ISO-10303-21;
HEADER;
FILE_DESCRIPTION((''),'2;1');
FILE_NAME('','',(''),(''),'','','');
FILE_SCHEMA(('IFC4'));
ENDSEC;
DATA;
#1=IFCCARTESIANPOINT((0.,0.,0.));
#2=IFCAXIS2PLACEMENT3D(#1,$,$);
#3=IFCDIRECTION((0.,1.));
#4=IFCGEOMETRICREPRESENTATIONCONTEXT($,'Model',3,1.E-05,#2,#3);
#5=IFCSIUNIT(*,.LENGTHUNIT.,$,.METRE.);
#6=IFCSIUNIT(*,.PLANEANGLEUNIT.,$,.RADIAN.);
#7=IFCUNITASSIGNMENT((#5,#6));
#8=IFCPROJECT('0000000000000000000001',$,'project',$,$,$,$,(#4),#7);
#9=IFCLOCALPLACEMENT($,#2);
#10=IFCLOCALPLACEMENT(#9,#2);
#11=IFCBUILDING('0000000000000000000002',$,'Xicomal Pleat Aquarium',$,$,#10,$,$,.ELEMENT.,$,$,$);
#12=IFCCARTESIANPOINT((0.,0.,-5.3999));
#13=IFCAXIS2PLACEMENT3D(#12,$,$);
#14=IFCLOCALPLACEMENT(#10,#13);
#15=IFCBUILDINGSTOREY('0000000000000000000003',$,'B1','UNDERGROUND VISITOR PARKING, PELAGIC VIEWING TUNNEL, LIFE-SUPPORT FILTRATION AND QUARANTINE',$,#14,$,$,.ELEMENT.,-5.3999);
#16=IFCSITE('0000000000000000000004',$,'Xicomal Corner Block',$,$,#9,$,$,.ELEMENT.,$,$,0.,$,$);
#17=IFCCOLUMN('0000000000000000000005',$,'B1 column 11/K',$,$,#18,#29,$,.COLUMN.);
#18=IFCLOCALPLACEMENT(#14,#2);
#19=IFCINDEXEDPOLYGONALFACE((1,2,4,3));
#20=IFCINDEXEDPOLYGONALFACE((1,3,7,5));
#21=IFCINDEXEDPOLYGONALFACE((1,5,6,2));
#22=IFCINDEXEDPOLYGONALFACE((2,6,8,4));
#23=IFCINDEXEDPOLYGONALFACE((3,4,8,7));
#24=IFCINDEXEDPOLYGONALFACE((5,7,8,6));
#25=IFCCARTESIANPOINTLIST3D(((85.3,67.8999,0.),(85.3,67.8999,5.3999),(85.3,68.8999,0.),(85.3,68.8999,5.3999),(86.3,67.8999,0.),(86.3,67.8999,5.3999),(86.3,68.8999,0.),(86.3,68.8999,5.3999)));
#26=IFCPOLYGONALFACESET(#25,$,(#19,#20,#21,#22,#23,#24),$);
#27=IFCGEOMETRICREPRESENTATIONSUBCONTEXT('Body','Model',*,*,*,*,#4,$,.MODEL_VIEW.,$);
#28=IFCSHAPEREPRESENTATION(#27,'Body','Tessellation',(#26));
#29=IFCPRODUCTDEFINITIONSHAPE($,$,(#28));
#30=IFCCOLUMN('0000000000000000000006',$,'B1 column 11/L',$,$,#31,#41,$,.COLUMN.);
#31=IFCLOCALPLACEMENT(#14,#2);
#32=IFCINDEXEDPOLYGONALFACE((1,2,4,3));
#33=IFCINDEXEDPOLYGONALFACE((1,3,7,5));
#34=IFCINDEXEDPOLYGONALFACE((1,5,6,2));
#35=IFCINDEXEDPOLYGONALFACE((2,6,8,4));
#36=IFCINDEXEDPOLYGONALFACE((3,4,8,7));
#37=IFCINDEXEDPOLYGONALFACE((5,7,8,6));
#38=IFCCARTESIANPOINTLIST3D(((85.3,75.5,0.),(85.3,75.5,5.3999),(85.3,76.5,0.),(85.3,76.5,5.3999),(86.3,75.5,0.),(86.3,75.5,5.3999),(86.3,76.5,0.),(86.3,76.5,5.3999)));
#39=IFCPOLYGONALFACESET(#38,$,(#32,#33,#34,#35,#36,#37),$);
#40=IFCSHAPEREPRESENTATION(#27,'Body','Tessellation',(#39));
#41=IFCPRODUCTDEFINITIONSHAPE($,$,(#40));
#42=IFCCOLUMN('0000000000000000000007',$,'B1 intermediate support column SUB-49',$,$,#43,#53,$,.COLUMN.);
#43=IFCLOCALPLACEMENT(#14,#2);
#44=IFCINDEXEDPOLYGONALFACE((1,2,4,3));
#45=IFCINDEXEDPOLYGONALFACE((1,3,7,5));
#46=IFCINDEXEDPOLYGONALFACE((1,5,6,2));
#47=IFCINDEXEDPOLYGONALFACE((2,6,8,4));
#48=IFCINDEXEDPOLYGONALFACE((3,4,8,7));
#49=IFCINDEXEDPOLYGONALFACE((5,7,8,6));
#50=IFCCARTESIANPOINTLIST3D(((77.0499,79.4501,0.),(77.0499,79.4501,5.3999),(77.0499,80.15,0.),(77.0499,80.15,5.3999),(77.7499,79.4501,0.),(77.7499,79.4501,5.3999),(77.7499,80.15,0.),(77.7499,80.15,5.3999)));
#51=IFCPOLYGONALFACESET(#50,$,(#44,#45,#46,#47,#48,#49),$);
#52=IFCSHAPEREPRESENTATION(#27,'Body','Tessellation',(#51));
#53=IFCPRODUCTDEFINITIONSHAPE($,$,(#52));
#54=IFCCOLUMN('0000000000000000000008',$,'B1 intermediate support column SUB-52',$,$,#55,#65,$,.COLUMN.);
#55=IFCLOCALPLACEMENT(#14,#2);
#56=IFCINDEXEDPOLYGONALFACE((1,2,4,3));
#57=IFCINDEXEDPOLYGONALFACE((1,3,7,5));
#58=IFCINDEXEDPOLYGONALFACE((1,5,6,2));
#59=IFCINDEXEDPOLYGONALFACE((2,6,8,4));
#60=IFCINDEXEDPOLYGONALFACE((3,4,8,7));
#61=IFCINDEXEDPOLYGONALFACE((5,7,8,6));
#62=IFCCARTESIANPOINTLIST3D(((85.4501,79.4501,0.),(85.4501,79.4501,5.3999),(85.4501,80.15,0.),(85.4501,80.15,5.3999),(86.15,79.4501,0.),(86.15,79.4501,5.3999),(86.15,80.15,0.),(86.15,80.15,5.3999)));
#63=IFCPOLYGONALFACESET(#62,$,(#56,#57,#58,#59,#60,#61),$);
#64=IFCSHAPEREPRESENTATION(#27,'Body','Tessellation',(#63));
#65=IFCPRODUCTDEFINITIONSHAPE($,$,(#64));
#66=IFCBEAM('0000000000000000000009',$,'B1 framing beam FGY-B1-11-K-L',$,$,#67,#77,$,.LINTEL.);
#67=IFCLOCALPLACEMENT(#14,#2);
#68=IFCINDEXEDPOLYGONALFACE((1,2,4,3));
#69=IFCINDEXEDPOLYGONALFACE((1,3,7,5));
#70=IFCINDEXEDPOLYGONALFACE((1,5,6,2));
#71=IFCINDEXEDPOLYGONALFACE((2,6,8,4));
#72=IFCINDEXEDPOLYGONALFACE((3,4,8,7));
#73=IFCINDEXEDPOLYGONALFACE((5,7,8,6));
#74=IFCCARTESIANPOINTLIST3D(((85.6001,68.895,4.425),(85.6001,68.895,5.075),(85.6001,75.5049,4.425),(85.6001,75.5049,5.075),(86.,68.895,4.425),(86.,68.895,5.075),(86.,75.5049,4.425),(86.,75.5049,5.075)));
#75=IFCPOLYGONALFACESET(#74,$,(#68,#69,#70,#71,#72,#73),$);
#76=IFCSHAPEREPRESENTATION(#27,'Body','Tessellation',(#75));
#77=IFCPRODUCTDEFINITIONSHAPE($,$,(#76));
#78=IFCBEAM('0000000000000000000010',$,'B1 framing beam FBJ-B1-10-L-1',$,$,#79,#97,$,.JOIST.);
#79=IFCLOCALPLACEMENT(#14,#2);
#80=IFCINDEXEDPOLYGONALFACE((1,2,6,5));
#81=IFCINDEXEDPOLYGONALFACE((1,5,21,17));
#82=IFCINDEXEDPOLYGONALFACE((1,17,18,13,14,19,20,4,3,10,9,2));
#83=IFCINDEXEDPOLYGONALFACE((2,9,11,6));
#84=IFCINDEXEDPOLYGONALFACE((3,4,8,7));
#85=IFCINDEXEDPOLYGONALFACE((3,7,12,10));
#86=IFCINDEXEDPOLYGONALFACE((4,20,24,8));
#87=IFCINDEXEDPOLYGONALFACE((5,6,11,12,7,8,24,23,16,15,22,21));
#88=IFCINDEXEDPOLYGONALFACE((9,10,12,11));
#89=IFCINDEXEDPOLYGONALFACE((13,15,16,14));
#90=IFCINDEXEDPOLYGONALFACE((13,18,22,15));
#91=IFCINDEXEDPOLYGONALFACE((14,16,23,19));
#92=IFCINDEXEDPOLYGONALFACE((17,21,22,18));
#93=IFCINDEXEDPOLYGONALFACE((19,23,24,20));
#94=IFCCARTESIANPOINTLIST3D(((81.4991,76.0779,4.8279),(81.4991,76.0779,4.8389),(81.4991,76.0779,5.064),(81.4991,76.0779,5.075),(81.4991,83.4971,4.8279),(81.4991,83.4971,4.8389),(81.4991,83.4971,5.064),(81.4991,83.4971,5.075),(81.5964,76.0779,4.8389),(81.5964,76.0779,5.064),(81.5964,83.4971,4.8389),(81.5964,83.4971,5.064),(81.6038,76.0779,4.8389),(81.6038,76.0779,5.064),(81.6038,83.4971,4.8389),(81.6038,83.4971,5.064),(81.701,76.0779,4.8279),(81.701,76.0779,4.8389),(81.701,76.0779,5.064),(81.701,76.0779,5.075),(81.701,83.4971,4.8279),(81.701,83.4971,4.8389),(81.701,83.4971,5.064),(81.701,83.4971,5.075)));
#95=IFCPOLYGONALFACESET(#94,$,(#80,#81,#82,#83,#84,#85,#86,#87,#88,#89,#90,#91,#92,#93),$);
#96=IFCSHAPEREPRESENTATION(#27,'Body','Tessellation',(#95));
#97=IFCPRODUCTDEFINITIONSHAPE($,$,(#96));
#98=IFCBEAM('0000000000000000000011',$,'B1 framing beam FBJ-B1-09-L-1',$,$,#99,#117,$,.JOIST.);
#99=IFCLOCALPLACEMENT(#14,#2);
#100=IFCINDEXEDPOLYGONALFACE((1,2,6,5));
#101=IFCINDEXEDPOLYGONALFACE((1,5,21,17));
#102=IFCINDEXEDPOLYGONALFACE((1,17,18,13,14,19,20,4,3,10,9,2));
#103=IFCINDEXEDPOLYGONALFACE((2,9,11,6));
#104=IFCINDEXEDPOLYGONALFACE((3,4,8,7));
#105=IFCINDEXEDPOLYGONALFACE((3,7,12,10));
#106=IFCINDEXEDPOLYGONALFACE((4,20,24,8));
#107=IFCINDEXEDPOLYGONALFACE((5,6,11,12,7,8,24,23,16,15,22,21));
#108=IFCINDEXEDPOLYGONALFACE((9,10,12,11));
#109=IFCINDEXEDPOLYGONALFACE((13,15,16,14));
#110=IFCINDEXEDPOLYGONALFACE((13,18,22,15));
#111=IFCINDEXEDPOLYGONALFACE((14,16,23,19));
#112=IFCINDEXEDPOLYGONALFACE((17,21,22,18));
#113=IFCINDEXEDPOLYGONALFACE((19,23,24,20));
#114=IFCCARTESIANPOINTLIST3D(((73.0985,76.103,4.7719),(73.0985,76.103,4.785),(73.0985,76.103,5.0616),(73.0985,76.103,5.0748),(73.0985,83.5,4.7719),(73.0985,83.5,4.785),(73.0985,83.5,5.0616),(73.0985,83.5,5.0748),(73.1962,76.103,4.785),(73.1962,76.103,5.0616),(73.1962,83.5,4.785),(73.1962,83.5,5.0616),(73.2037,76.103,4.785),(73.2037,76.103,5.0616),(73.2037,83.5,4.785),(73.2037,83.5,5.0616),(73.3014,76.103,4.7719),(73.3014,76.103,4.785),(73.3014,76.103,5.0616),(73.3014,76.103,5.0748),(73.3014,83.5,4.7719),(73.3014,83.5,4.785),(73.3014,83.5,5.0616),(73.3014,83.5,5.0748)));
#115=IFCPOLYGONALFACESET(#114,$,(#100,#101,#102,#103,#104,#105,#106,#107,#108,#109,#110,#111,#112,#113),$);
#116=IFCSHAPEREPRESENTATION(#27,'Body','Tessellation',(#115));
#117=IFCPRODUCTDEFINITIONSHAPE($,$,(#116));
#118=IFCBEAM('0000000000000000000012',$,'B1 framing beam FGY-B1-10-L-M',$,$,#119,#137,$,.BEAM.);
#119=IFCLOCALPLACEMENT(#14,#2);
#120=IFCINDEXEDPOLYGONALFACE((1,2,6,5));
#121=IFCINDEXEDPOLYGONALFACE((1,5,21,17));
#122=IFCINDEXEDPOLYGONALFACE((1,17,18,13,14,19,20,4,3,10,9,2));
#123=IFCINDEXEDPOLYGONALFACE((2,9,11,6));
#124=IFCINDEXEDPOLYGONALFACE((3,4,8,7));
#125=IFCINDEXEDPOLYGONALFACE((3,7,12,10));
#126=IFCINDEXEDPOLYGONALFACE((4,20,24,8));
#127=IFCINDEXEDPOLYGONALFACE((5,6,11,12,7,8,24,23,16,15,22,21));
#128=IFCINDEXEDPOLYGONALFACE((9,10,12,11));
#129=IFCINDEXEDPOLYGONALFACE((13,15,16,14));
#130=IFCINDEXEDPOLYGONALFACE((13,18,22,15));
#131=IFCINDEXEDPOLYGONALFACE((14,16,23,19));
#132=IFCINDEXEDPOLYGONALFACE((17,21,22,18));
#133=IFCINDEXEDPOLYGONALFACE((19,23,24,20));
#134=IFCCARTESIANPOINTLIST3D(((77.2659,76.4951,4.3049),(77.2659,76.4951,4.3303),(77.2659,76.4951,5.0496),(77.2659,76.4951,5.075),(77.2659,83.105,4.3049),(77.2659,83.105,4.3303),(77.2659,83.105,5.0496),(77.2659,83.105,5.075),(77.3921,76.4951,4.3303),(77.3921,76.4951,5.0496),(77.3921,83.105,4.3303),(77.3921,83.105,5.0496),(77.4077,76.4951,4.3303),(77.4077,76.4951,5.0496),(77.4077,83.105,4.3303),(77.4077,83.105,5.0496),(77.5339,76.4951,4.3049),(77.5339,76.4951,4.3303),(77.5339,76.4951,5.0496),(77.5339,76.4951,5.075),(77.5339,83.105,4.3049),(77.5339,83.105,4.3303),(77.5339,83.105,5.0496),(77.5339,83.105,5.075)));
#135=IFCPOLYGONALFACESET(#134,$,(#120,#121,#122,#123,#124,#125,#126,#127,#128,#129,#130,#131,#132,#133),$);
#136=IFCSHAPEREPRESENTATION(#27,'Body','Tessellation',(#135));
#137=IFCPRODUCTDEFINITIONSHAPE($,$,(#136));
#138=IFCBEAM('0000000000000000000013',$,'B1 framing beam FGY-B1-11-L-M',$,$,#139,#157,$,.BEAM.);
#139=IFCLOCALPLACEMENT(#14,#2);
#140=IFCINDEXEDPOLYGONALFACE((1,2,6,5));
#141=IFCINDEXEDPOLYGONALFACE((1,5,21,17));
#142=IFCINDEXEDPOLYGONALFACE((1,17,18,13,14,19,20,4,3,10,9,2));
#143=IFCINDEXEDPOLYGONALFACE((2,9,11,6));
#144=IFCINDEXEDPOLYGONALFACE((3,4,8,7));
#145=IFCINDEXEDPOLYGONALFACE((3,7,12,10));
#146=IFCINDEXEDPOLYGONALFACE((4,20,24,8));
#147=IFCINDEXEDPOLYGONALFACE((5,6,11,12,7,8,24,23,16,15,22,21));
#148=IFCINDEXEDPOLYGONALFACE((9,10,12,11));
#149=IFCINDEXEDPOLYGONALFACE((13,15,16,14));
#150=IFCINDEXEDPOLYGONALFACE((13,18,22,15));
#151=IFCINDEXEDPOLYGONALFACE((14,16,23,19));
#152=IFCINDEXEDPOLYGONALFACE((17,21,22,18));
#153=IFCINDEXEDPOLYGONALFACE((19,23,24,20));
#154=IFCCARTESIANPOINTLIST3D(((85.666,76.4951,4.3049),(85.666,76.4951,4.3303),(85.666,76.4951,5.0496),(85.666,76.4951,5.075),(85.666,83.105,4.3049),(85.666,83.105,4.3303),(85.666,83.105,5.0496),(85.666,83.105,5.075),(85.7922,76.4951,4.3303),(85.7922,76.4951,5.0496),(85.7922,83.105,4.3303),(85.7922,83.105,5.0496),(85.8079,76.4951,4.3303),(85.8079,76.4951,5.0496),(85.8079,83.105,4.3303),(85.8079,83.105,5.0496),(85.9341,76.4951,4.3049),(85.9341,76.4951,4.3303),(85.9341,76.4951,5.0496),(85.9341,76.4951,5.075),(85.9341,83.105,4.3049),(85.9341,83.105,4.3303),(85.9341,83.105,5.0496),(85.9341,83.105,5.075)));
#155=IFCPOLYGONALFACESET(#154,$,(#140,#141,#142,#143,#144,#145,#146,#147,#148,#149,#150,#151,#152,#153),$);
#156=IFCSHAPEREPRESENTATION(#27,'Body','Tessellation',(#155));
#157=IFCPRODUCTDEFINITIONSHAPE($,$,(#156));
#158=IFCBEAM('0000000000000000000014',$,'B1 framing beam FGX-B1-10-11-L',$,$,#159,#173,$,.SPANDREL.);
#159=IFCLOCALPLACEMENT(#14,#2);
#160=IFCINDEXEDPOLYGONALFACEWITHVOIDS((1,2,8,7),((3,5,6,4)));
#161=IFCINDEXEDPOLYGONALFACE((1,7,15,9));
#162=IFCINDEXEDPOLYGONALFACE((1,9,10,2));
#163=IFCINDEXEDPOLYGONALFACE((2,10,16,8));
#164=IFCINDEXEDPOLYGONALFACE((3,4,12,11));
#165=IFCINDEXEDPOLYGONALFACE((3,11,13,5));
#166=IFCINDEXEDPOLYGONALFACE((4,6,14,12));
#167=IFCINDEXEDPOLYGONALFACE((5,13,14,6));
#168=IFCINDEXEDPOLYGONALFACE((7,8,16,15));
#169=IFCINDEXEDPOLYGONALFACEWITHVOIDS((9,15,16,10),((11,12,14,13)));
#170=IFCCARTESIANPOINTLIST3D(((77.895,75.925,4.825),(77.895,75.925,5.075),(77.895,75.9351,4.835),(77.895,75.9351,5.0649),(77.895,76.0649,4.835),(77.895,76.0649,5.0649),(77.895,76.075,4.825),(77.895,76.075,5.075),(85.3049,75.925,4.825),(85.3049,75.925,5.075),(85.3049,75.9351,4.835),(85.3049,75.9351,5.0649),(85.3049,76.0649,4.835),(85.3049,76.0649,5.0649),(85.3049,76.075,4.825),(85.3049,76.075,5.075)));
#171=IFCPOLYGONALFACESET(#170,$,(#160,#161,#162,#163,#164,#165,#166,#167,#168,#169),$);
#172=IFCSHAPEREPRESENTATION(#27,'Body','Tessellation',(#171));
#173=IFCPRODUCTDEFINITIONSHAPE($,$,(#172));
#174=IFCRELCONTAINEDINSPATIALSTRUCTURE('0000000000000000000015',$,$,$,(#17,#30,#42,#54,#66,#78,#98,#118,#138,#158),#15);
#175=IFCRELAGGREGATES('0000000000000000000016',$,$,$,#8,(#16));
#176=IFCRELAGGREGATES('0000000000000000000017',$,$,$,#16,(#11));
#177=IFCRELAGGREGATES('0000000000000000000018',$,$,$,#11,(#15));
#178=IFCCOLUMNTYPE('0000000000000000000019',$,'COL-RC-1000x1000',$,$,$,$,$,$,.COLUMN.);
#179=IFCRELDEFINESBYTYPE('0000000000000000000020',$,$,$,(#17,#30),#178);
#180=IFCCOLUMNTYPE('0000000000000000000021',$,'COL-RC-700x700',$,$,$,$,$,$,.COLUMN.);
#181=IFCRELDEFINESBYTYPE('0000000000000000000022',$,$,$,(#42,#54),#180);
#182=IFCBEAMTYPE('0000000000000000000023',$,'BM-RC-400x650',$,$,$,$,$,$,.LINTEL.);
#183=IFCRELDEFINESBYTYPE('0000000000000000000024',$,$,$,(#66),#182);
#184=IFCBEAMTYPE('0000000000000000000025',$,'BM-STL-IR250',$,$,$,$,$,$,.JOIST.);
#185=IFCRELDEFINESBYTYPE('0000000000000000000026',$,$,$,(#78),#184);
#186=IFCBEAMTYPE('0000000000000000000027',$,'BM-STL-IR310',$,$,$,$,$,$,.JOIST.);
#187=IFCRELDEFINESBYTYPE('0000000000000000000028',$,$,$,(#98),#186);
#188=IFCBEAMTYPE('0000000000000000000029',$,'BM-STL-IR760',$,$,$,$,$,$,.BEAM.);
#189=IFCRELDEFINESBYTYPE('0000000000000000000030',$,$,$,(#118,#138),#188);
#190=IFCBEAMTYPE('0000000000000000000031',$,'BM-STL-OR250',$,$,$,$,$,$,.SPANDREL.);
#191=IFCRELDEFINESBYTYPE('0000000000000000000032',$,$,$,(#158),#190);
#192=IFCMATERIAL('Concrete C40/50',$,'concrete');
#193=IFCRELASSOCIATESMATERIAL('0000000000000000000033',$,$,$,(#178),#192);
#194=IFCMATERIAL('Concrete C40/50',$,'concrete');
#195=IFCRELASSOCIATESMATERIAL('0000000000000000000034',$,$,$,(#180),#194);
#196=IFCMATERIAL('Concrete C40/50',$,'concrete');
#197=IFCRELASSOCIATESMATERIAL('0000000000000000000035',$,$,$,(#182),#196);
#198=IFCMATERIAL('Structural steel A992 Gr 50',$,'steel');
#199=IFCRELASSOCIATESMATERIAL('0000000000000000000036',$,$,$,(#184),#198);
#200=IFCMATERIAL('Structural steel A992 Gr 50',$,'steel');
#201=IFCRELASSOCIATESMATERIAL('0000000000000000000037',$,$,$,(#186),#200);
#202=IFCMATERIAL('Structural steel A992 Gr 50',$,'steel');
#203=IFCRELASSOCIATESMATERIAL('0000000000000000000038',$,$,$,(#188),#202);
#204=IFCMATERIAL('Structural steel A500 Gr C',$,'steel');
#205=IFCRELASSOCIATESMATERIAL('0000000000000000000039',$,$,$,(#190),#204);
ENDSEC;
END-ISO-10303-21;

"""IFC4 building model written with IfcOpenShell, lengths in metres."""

from ifc_helpers import new_model, si_unit, direction, frame, origin, origin_2d, place, context, subcontext, project, spatial, rectangle, hollow_rectangle, i_section, extrude, material, material_profile, profile_set, type_object, element, save


model = new_model("IFC4")

# Units and contexts
model_context = context("Model", 3, precision=1e-05, world=origin(), true_north=direction((0.0, 1.0)))
body_context = subcontext(model_context, "Body", "Model", "MODEL_VIEW")
ifc_project = project(units=[si_unit("LENGTHUNIT", "METRE"), si_unit("PLANEANGLEUNIT", "RADIAN")], contexts=[model_context])

# Site, building, storey
site_placement = place(None, origin())
site = spatial("IfcSite", under=ifc_project, at=site_placement, Name="Xicomal Corner Block", CompositionType="ELEMENT", RefElevation=0.0)
building_placement = place(site_placement, origin())
building = spatial("IfcBuilding", under=site, at=building_placement, Name="Xicomal Pleat Aquarium", CompositionType="ELEMENT")
storey_placement = place(building_placement, frame((0.0, 0.0, -5.3999)))
storey = spatial("IfcBuildingStorey", under=building, at=storey_placement, Name="B1", Description="UNDERGROUND VISITOR PARKING, PELAGIC VIEWING TUNNEL, LIFE-SUPPORT FILTRATION AND QUARANTINE", CompositionType="ELEMENT", Elevation=-5.3999)

# Columns
ifc_material_1 = material(Name="Concrete C40/50", Category="concrete")
ifc_material_profile_1 = material_profile(ifc_material_1, rectangle(XDim=1.0, YDim=1.0, at=origin_2d()), Name="RC 1000x1000")
ifc_profile_set_1 = profile_set([ifc_material_profile_1], Name="Concrete C40/50")
column_type_1 = type_object("IfcColumnType", Name="COL-RC-1000x1000", PredefinedType="COLUMN", material=ifc_profile_set_1)
for number, where, z_axis, x_axis, name in (
    (1, (85.8, 68.3999, 0.0), (0.0, 0.0, 1.0), (1.0, 0.0, 0.0), "B1 column 11/K"),
    (2, (85.8, 76.0, 0.0), (0.0, 0.0, 1.0), (1.0, 0.0, 0.0), "B1 column 11/L"),
):
    element("IfcColumn", number, at=place(storey_placement, frame(where, z_axis=z_axis, x_axis=x_axis)), inside=storey, type_object=column_type_1, Name=name, PredefinedType="COLUMN", context=body_context, shape_type="SweptSolid", body=[
        extrude(rectangle(XDim=1.0, YDim=1.0, at=origin_2d()), origin(), (0.0, 0.0, 1.0), 5.3999),
    ])
ifc_material_2 = material(Name="Concrete C40/50", Category="concrete")
ifc_material_profile_2 = material_profile(ifc_material_2, rectangle(XDim=0.7, YDim=0.7, at=origin_2d()), Name="RC 700x700")
ifc_profile_set_2 = profile_set([ifc_material_profile_2], Name="Concrete C40/50")
column_type_2 = type_object("IfcColumnType", Name="COL-RC-700x700", PredefinedType="COLUMN", material=ifc_profile_set_2)
for number, where, z_axis, x_axis, name in (
    (3, (77.3999, 79.8, 0.0), (0.0, 0.0, 1.0), (1.0, 0.0, 0.0), "B1 intermediate support column SUB-49"),
    (4, (85.8, 79.8, 0.0), (0.0, 0.0, 1.0), (1.0, 0.0, 0.0), "B1 intermediate support column SUB-52"),
):
    element("IfcColumn", number, at=place(storey_placement, frame(where, z_axis=z_axis, x_axis=x_axis)), inside=storey, type_object=column_type_2, Name=name, PredefinedType="COLUMN", context=body_context, shape_type="SweptSolid", body=[
        extrude(rectangle(XDim=0.7, YDim=0.7, at=origin_2d()), origin(), (0.0, 0.0, 1.0), 5.3999),
    ])

# Beams
ifc_material_3 = material(Name="Concrete C40/50", Category="concrete")
ifc_material_profile_3 = material_profile(ifc_material_3, rectangle(XDim=0.3999, YDim=0.6499, at=origin_2d()), Name="RC 400x650")
ifc_profile_set_3 = profile_set([ifc_material_profile_3], Name="Concrete C40/50")
beam_type_1 = type_object("IfcBeamType", Name="BM-RC-400x650", PredefinedType="LINTEL", material=ifc_profile_set_3)
beam_1_placement = place(storey_placement, frame((85.8, 68.895, 4.75), z_axis=(0.0, 1.0, 0.0), x_axis=(-1.0, 0.0, 0.0)))
element("IfcBeam", 5, at=beam_1_placement, inside=storey, type_object=beam_type_1, Name="B1 framing beam FGY-B1-11-K-L", PredefinedType="LINTEL", context=body_context, shape_type="SweptSolid", body=[
    extrude(rectangle(XDim=0.3999, YDim=0.6499, at=origin_2d()), origin(), (0.0, 0.0, 1.0), 6.6099),
])
ifc_material_4 = material(Name="Structural steel A992 Gr 50", Category="steel")
ifc_material_profile_4 = material_profile(ifc_material_4, i_section(OverallWidth=0.2019, OverallDepth=0.2471, WebThickness=0.0073, FlangeThickness=0.011, at=origin_2d()), Name="IR 250x49")
ifc_profile_set_4 = profile_set([ifc_material_profile_4], Name="Structural steel A992 Gr 50")
beam_type_2 = type_object("IfcBeamType", Name="BM-STL-IR250", PredefinedType="JOIST", material=ifc_profile_set_4)
beam_2_placement = place(storey_placement, frame((81.6001, 76.0779, 4.9514), z_axis=(0.0, 1.0, 0.0), x_axis=(-1.0, 0.0, 0.0)))
element("IfcBeam", 6, at=beam_2_placement, inside=storey, type_object=beam_type_2, Name="B1 framing beam FBJ-B1-10-L-1", PredefinedType="JOIST", context=body_context, shape_type="SweptSolid", body=[
    extrude(i_section(OverallWidth=0.2019, OverallDepth=0.2471, WebThickness=0.0073, FlangeThickness=0.011, at=origin_2d()), origin(), (0.0, 0.0, 1.0), 7.4192),
])
ifc_material_5 = material(Name="Structural steel A992 Gr 50", Category="steel")
ifc_material_profile_5 = material_profile(ifc_material_5, i_section(OverallWidth=0.2029, OverallDepth=0.303, WebThickness=0.0076, FlangeThickness=0.0132, at=origin_2d()), Name="IR 310x60")
ifc_profile_set_5 = profile_set([ifc_material_profile_5], Name="Structural steel A992 Gr 50")
beam_type_3 = type_object("IfcBeamType", Name="BM-STL-IR310", PredefinedType="JOIST", material=ifc_profile_set_5)
beam_3_placement = place(storey_placement, frame((73.2, 76.103, 4.9233), z_axis=(0.0, 1.0, 0.0), x_axis=(-1.0, 0.0, 0.0)))
element("IfcBeam", 7, at=beam_3_placement, inside=storey, type_object=beam_type_3, Name="B1 framing beam FBJ-B1-09-L-1", PredefinedType="JOIST", context=body_context, shape_type="SweptSolid", body=[
    extrude(i_section(OverallWidth=0.2029, OverallDepth=0.303, WebThickness=0.0076, FlangeThickness=0.0132, at=origin_2d()), origin(), (0.0, 0.0, 1.0), 7.397),
])
ifc_material_6 = material(Name="Structural steel A992 Gr 50", Category="steel")
ifc_material_profile_6 = material_profile(ifc_material_6, i_section(OverallWidth=0.2681, OverallDepth=0.77, WebThickness=0.0156, FlangeThickness=0.0254, at=origin_2d()), Name="IR 760x196")
ifc_profile_set_6 = profile_set([ifc_material_profile_6], Name="Structural steel A992 Gr 50")
beam_type_4 = type_object("IfcBeamType", Name="BM-STL-IR760", PredefinedType="BEAM", material=ifc_profile_set_6)
for number, where, z_axis, x_axis, name in (
    (8, (77.3999, 76.4951, 4.6899), (0.0, 1.0, 0.0), (-1.0, 0.0, 0.0), "B1 framing beam FGY-B1-10-L-M"),
    (9, (85.8, 76.4951, 4.6899), (0.0, 1.0, 0.0), (-1.0, 0.0, 0.0), "B1 framing beam FGY-B1-11-L-M"),
):
    element("IfcBeam", number, at=place(storey_placement, frame(where, z_axis=z_axis, x_axis=x_axis)), inside=storey, type_object=beam_type_4, Name=name, PredefinedType="BEAM", context=body_context, shape_type="SweptSolid", body=[
        extrude(i_section(OverallWidth=0.2681, OverallDepth=0.77, WebThickness=0.0156, FlangeThickness=0.0254, at=origin_2d()), origin(), (0.0, 0.0, 1.0), 6.6099),
    ])
ifc_material_7 = material(Name="Structural steel A500 Gr C", Category="steel")
ifc_material_profile_7 = material_profile(ifc_material_7, hollow_rectangle(XDim=0.1499, YDim=0.25, WallThickness=0.01, at=origin_2d()), Name="OR 250x150x10")
ifc_profile_set_7 = profile_set([ifc_material_profile_7], Name="Structural steel A500 Gr C")
beam_type_5 = type_object("IfcBeamType", Name="BM-STL-OR250", PredefinedType="SPANDREL", material=ifc_profile_set_7)
beam_4_placement = place(storey_placement, frame((77.895, 76.0, 4.95), z_axis=(1.0, 0.0, 0.0), x_axis=(0.0, 1.0, 0.0)))
element("IfcBeam", 10, at=beam_4_placement, inside=storey, type_object=beam_type_5, Name="B1 framing beam FGX-B1-10-11-L", PredefinedType="SPANDREL", context=body_context, shape_type="SweptSolid", body=[
    extrude(hollow_rectangle(XDim=0.1499, YDim=0.25, WallThickness=0.01, at=origin_2d()), origin(), (0.0, 0.0, 1.0), 7.4099),
])

save(model, "model.ifc")
